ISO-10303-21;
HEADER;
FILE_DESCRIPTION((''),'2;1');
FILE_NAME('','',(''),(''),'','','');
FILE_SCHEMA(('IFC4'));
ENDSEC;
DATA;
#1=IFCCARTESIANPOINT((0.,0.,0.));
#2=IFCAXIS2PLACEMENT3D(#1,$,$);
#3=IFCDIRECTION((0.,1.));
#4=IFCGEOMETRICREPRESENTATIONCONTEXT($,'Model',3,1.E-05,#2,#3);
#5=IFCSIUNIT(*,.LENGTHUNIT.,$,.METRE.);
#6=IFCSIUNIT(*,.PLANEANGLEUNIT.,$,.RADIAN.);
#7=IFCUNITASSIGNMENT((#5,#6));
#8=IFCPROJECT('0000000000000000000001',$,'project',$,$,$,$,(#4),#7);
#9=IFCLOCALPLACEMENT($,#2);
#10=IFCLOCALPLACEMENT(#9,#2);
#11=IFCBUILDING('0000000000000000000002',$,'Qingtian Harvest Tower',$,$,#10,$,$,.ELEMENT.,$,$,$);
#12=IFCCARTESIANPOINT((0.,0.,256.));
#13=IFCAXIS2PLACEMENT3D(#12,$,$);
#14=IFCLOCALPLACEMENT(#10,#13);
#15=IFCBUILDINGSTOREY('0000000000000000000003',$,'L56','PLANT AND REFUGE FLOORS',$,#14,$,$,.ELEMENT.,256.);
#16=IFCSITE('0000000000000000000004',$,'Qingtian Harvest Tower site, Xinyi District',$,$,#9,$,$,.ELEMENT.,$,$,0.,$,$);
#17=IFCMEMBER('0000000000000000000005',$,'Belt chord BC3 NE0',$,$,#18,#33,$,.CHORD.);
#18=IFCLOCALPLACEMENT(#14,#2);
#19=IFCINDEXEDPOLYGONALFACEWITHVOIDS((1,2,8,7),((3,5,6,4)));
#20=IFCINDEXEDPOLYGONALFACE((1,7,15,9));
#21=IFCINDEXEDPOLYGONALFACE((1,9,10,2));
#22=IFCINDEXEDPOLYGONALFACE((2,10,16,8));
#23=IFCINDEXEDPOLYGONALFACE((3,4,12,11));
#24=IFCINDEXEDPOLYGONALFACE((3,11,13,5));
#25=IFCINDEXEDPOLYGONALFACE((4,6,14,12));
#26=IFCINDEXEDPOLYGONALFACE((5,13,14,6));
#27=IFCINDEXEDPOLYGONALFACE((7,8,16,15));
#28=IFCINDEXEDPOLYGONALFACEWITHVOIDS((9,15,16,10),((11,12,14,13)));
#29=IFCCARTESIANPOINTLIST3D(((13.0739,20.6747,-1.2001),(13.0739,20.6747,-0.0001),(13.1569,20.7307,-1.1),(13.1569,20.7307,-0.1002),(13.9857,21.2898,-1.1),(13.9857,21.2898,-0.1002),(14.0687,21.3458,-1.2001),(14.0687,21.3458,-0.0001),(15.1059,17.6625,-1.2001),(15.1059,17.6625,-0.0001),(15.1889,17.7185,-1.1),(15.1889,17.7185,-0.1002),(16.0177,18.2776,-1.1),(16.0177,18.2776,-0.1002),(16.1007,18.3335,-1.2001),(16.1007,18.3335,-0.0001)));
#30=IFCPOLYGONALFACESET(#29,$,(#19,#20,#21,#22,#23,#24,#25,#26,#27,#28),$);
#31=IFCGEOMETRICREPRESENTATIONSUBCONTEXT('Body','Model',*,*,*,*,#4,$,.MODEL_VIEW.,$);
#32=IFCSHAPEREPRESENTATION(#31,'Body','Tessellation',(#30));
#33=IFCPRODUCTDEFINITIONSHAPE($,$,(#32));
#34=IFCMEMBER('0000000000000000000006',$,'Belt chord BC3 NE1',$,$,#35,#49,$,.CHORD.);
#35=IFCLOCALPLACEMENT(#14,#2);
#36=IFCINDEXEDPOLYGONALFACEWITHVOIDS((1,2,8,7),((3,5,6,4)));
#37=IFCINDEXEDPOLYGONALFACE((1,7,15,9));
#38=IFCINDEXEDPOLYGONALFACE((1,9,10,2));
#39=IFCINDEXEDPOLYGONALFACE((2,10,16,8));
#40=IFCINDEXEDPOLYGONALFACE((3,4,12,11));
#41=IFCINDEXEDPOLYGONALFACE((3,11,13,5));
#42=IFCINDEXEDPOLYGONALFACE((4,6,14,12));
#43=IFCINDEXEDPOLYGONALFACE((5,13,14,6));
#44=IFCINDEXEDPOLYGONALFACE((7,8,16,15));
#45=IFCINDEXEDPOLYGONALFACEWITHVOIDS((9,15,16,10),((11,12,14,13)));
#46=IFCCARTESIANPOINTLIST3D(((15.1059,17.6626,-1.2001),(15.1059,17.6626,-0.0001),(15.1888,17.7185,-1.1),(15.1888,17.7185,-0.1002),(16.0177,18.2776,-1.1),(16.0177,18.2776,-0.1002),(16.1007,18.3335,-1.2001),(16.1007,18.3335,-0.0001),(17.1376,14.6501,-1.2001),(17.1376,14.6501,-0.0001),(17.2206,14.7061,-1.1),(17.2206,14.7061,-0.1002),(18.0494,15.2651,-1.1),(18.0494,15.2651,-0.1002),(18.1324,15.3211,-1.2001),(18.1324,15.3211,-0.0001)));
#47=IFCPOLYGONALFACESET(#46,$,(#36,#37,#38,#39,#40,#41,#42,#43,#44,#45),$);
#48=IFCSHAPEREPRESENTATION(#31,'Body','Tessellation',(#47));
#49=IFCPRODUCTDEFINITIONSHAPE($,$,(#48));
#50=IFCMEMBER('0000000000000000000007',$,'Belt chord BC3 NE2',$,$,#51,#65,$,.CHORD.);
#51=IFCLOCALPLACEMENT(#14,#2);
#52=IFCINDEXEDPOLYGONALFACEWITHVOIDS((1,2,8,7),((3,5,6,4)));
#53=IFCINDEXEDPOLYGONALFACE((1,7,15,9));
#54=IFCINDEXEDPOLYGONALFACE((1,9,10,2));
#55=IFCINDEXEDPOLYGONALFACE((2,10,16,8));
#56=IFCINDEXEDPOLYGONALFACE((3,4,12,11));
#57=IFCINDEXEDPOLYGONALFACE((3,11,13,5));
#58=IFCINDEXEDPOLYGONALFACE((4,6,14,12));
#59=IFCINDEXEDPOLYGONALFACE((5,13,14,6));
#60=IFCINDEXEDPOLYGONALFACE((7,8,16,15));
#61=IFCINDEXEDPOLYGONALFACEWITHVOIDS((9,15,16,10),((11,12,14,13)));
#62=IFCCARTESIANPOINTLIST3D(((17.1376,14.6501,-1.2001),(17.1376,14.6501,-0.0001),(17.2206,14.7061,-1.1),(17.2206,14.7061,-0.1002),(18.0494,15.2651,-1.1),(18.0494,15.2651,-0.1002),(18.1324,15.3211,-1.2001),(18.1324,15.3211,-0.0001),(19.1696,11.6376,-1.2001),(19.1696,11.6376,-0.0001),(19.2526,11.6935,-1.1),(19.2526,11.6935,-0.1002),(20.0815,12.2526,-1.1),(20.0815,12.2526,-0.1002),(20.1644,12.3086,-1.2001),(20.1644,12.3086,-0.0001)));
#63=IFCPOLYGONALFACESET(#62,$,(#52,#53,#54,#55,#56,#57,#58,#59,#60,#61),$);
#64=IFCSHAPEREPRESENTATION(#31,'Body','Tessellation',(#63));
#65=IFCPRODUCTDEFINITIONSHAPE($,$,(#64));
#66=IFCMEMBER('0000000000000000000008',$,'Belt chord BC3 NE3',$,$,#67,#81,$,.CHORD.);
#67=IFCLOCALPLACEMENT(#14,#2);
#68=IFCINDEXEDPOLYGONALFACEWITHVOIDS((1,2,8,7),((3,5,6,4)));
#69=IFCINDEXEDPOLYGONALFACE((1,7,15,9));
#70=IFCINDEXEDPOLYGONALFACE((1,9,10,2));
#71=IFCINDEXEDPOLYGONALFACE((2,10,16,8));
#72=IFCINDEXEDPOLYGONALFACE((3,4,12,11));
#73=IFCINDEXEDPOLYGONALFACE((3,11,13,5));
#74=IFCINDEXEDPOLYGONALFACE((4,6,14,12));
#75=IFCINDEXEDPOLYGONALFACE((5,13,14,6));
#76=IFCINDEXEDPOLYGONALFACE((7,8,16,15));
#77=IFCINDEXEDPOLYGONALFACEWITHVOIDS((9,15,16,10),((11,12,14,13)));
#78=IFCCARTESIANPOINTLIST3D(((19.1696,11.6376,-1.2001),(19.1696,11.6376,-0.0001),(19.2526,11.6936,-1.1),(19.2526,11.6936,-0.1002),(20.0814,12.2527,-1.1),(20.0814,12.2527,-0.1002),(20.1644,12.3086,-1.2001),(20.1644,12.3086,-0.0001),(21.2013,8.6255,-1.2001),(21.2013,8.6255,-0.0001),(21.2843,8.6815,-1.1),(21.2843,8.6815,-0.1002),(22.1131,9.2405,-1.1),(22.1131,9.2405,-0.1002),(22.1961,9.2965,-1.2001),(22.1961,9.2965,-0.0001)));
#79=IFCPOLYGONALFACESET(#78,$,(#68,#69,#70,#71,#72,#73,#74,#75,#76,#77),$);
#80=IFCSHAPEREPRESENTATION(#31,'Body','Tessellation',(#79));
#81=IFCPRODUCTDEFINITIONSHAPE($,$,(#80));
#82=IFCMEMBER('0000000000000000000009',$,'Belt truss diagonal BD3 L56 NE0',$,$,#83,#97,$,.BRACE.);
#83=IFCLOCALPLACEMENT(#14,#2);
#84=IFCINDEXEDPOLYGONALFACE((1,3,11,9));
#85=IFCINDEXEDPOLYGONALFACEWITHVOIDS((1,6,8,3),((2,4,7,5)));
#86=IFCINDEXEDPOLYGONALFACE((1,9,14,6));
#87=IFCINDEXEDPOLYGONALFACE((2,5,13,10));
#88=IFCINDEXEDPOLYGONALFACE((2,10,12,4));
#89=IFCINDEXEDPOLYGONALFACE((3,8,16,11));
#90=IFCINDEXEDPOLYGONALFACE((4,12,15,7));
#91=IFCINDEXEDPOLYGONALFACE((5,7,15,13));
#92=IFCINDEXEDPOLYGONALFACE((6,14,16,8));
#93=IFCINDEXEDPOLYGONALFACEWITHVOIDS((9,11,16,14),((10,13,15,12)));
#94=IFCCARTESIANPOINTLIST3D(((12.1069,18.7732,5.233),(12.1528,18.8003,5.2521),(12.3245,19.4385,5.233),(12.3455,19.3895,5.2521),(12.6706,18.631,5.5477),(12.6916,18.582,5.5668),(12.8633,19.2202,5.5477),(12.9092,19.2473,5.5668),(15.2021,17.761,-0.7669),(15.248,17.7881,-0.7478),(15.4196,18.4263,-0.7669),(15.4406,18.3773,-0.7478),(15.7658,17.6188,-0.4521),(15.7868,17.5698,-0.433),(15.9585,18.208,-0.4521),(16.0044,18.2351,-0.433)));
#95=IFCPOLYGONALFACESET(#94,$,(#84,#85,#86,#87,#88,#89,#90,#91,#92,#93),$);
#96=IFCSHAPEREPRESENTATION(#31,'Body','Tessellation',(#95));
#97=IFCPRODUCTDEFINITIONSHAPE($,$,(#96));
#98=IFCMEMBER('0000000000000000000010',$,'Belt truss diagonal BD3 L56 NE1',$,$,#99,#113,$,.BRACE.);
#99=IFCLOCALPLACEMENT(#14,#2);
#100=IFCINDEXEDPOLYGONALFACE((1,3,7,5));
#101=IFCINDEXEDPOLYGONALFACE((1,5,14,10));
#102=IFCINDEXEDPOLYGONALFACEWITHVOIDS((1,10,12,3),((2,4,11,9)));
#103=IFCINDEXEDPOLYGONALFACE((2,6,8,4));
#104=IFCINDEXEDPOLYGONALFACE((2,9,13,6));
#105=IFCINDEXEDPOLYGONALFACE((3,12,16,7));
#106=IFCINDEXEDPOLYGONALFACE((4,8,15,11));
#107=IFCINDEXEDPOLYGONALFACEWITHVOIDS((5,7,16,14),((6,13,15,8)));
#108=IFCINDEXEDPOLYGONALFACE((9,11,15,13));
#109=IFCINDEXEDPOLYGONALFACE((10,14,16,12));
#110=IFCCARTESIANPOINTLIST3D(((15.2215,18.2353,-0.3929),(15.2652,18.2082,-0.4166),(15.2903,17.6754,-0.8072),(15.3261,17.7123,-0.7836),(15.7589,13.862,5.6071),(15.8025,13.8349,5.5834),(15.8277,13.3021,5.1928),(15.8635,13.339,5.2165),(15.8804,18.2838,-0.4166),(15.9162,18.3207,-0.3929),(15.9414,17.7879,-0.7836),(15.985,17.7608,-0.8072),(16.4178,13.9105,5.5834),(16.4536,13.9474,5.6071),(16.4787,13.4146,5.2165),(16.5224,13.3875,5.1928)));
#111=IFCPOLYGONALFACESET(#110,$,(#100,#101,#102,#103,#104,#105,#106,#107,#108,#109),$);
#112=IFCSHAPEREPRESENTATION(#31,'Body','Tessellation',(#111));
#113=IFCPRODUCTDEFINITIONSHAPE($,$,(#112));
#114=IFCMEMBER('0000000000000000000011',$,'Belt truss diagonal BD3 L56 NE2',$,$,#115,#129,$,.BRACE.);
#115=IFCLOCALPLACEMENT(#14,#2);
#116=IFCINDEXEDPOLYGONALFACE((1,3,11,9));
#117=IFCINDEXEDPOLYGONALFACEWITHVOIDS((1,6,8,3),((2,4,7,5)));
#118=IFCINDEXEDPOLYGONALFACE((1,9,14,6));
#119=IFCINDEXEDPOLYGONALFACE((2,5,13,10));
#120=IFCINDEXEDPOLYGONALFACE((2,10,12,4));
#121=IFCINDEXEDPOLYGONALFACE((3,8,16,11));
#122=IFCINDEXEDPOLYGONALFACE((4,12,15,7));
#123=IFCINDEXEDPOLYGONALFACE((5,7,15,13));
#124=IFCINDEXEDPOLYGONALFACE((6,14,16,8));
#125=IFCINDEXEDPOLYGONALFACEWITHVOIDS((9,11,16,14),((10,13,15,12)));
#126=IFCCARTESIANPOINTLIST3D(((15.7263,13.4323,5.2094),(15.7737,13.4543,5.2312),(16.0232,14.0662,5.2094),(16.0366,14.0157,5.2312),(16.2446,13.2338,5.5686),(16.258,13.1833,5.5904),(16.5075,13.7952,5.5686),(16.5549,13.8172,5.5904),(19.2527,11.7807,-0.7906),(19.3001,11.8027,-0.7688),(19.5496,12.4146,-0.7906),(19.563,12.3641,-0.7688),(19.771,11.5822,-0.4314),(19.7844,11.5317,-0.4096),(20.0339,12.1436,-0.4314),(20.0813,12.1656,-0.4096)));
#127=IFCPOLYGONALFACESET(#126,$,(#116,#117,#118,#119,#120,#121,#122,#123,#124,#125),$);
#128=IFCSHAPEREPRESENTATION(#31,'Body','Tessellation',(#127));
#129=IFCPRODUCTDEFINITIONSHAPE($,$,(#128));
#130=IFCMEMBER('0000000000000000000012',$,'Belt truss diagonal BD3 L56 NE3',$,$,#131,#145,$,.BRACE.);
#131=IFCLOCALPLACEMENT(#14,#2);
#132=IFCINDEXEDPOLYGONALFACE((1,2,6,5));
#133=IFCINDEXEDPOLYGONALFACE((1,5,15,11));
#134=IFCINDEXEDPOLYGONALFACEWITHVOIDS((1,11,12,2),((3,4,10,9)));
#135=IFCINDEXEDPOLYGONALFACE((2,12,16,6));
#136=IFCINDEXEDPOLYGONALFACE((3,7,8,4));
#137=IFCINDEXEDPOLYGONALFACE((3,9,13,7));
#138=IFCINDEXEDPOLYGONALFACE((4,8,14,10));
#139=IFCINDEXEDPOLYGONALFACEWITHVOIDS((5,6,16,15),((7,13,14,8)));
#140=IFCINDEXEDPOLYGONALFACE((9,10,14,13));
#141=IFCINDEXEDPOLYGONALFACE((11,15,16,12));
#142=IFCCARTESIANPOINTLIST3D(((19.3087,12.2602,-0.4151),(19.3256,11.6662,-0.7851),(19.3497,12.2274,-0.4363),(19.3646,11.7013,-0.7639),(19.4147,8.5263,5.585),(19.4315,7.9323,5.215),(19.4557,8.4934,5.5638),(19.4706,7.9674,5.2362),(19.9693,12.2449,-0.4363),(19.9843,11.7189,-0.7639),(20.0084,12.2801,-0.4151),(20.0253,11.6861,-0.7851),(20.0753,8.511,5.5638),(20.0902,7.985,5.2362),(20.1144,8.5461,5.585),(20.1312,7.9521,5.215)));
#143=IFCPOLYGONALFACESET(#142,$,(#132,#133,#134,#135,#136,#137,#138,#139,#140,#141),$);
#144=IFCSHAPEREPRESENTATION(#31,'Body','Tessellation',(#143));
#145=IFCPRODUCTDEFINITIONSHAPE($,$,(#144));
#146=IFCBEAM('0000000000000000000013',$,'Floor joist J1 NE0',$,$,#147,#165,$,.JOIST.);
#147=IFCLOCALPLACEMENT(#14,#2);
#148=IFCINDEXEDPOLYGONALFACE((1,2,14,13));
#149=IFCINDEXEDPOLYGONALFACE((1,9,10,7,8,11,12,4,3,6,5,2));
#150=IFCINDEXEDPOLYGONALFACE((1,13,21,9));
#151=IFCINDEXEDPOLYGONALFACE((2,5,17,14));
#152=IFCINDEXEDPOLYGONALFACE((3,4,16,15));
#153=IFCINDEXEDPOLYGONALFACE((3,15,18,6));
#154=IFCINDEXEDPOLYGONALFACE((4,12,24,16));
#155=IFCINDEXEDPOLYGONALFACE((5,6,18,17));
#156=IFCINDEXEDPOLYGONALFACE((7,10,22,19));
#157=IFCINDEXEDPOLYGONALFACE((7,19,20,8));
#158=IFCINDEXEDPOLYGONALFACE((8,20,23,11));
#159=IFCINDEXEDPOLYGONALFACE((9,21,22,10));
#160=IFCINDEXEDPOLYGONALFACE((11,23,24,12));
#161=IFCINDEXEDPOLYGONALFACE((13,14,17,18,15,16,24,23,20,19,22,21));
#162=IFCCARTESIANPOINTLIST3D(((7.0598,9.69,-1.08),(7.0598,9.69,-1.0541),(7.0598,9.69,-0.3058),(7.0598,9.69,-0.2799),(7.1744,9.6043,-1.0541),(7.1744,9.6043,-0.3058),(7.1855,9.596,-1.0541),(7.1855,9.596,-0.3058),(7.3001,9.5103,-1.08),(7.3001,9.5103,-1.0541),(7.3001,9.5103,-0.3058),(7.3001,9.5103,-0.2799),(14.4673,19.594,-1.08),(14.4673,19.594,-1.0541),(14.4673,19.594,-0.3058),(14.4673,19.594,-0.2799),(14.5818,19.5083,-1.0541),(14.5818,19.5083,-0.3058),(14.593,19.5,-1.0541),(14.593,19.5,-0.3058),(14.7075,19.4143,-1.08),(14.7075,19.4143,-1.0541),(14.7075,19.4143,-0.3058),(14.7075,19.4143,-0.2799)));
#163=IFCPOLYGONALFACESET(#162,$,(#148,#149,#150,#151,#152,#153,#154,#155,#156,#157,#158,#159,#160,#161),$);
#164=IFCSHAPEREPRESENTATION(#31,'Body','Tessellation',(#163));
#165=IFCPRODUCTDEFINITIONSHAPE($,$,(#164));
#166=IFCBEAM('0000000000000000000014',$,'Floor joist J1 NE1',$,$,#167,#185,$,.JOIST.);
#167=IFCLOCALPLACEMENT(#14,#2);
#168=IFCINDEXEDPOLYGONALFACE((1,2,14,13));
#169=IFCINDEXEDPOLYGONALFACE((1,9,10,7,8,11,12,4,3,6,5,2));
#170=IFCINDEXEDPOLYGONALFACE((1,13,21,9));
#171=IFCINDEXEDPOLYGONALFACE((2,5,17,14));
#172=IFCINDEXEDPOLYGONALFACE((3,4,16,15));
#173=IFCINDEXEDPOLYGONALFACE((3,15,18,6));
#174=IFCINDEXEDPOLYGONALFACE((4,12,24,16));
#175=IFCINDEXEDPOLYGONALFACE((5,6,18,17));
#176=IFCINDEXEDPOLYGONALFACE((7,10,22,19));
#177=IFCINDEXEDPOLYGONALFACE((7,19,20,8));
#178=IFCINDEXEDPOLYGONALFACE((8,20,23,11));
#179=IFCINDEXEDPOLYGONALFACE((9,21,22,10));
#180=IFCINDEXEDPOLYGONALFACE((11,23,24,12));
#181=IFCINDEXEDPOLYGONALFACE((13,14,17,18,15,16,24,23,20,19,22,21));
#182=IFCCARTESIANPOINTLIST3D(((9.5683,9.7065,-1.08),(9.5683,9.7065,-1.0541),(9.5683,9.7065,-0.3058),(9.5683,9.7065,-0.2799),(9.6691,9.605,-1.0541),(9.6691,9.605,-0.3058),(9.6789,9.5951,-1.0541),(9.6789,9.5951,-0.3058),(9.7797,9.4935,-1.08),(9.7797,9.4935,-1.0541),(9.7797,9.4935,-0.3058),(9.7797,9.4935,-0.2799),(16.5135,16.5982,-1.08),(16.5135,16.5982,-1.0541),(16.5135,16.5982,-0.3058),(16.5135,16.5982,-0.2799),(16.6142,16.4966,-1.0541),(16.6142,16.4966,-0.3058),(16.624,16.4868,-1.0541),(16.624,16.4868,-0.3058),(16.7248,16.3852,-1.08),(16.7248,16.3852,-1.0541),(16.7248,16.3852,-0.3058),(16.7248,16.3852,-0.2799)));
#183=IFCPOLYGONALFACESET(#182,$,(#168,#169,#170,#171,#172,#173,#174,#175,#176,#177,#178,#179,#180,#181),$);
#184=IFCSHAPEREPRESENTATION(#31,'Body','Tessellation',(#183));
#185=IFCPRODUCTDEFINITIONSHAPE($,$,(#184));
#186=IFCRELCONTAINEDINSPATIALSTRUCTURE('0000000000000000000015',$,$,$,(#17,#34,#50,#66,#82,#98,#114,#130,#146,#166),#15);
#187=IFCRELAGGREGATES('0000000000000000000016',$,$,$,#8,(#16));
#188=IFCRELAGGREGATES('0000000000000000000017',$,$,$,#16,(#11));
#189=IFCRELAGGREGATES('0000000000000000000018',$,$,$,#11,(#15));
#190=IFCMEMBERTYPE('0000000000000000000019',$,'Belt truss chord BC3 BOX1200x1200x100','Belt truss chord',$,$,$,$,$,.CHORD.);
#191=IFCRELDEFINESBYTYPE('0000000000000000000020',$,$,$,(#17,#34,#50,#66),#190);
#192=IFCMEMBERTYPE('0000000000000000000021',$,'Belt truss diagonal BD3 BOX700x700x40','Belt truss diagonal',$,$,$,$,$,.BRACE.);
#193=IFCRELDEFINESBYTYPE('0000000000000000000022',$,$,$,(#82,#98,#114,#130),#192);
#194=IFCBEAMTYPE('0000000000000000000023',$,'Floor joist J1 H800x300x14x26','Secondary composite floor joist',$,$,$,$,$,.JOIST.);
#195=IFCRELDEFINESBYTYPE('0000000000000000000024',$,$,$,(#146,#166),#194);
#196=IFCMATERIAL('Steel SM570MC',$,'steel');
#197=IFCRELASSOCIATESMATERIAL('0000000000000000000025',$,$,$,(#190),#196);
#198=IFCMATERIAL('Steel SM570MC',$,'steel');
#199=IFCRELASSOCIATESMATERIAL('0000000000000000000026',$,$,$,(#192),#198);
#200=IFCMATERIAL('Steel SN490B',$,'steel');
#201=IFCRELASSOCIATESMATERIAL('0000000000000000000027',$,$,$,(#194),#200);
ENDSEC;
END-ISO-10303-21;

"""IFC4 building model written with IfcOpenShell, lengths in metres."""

from ifc_helpers import new_model, si_unit, direction, frame, origin, origin_2d, place, context, subcontext, project, spatial, hollow_rectangle, i_section, extrude, material, material_profile, profile_set, type_object, element, save


model = new_model("IFC4")

# Units and contexts
model_context = context("Model", 3, precision=1e-05, world=origin(), true_north=direction((0.0, 1.0)))
body_context = subcontext(model_context, "Body", "Model", "MODEL_VIEW")
ifc_project = project(units=[si_unit("LENGTHUNIT", "METRE"), si_unit("PLANEANGLEUNIT", "RADIAN")], contexts=[model_context])

# Site, building, storey
site_placement = place(None, origin())
site = spatial("IfcSite", under=ifc_project, at=site_placement, Name="Qingtian Harvest Tower site, Xinyi District", CompositionType="ELEMENT", RefElevation=0.0)
building_placement = place(site_placement, origin())
building = spatial("IfcBuilding", under=site, at=building_placement, Name="Qingtian Harvest Tower", CompositionType="ELEMENT")
storey_placement = place(building_placement, frame((0.0, 0.0, 256.0)))
storey = spatial("IfcBuildingStorey", under=building, at=storey_placement, Name="L56", Description="PLANT AND REFUGE FLOORS", CompositionType="ELEMENT", Elevation=256.0)

# Members
ifc_material_1 = material(Name="Steel SM570MC", Category="steel")
ifc_material_profile_1 = material_profile(ifc_material_1, hollow_rectangle(XDim=1.2, YDim=1.2, WallThickness=0.1001, at=origin_2d()), Name="BOX1200x1200x100")
ifc_profile_set_1 = profile_set([ifc_material_profile_1], Name="Steel SM570MC")
member_type_1 = type_object("IfcMemberType", Name="Belt truss chord BC3 BOX1200x1200x100", Description="Belt truss chord", PredefinedType="CHORD", material=ifc_profile_set_1)
for number, where, z_axis, x_axis, name in (
    (1, (13.5713, 21.0103, -0.6001), (0.559235, -0.829009, 0.0), (0.829009, 0.559235, 0.0), "Belt chord BC3 NE0"),
    (2, (15.6033, 17.998, -0.6001), (0.559158, -0.829061, 0.0), (0.829061, 0.559158, 0.0), "Belt chord BC3 NE1"),
):
    element("IfcMember", number, at=place(storey_placement, frame(where, z_axis=z_axis, x_axis=x_axis)), inside=storey, type_object=member_type_1, Name=name, PredefinedType="CHORD", context=body_context, shape_type="SweptSolid", body=[
        extrude(hollow_rectangle(XDim=1.2, YDim=1.2, WallThickness=0.1001, at=origin_2d()), origin(), (0.0, 0.0, 1.0), 3.6335),
    ])
member_1_placement = place(storey_placement, frame((17.635, 14.9856, -0.6001), z_axis=(0.559204, -0.82903, 0.0), x_axis=(0.82903, 0.559204, 0.0)))
element("IfcMember", 3, at=member_1_placement, inside=storey, type_object=member_type_1, Name="Belt chord BC3 NE2", PredefinedType="CHORD", context=body_context, shape_type="SweptSolid", body=[
    extrude(hollow_rectangle(XDim=1.2, YDim=1.2, WallThickness=0.1001, at=origin_2d()), origin(), (0.0, 0.0, 1.0), 3.6338),
])
member_2_placement = place(storey_placement, frame((19.667, 11.9731, -0.6001), z_axis=(0.559189, -0.82904, 0.0), x_axis=(0.82904, 0.559189, 0.0)))
element("IfcMember", 4, at=member_2_placement, inside=storey, type_object=member_type_1, Name="Belt chord BC3 NE3", PredefinedType="CHORD", context=body_context, shape_type="SweptSolid", body=[
    extrude(hollow_rectangle(XDim=1.2, YDim=1.2, WallThickness=0.1001, at=origin_2d()), origin(), (0.0, 0.0, 1.0), 3.6333),
])
ifc_material_2 = material(Name="Steel SM570MC", Category="steel")
ifc_material_profile_2 = material_profile(ifc_material_2, hollow_rectangle(XDim=0.7, YDim=0.7, WallThickness=0.04, at=origin_2d()), Name="BOX700x700x40")
ifc_profile_set_2 = profile_set([ifc_material_profile_2], Name="Steel SM570MC")
member_type_2 = type_object("IfcMemberType", Name="Belt truss diagonal BD3 BOX700x700x40", Description="Belt truss diagonal", PredefinedType="BRACE", material=ifc_profile_set_2)
member_3_placement = place(storey_placement, frame((12.5081, 19.0103, 5.3999), z_axis=(0.453393, -0.14827, -0.878892), x_axis=(0.310825, 0.950467, 0.0)))
element("IfcMember", 5, at=member_3_placement, inside=storey, type_object=member_type_2, Name="Belt truss diagonal BD3 L56 NE0", PredefinedType="BRACE", context=body_context, shape_type="SweptSolid", body=[
    extrude(hollow_rectangle(XDim=0.7, YDim=0.7, WallThickness=0.04, at=origin_2d()), origin(), (0.0, 0.0, 1.0), 6.8267),
])
member_4_placement = place(storey_placement, frame((15.6033, 17.998, -0.6001), z_axis=(0.072185, -0.587485, 0.806009), x_axis=(0.992536, 0.121955, 0.0)))
element("IfcMember", 6, at=member_4_placement, inside=storey, type_object=member_type_2, Name="Belt truss diagonal BD3 L56 NE1", PredefinedType="BRACE", context=body_context, shape_type="SweptSolid", body=[
    extrude(hollow_rectangle(XDim=0.7, YDim=0.7, WallThickness=0.04, at=origin_2d()), origin(), (0.0, 0.0, 1.0), 7.4441),
])
member_5_placement = place(storey_placement, frame((16.1406, 13.6248, 5.3999), z_axis=(0.493003, -0.230903, -0.838828), x_axis=(0.424145, 0.905594, 0.0)))
element("IfcMember", 7, at=member_5_placement, inside=storey, type_object=member_type_2, Name="Belt truss diagonal BD3 L56 NE2", PredefinedType="BRACE", context=body_context, shape_type="SweptSolid", body=[
    extrude(hollow_rectangle(XDim=0.7, YDim=0.7, WallThickness=0.04, at=origin_2d()), origin(), (0.0, 0.0, 1.0), 7.1528),
])
member_6_placement = place(storey_placement, frame((19.667, 11.9731, -0.6001), z_axis=(0.014992, -0.528299, 0.848926), x_axis=(0.999598, 0.028366, 0.0)))
element("IfcMember", 8, at=member_6_placement, inside=storey, type_object=member_type_2, Name="Belt truss diagonal BD3 L56 NE3", PredefinedType="BRACE", context=body_context, shape_type="SweptSolid", body=[
    extrude(hollow_rectangle(XDim=0.7, YDim=0.7, WallThickness=0.04, at=origin_2d()), origin(), (0.0, 0.0, 1.0), 7.0679),
])

# Beams
ifc_material_3 = material(Name="Steel SN490B", Category="steel")
ifc_material_profile_3 = material_profile(ifc_material_3, i_section(OverallWidth=0.3, OverallDepth=0.8, WebThickness=0.0139, FlangeThickness=0.0259, at=origin_2d()), Name="H800x300x14x26")
ifc_profile_set_3 = profile_set([ifc_material_profile_3], Name="Steel SN490B")
beam_type_1 = type_object("IfcBeamType", Name="Floor joist J1 H800x300x14x26", Description="Secondary composite floor joist", PredefinedType="JOIST", material=ifc_profile_set_3)
beam_1_placement = place(storey_placement, frame((14.5874, 19.5042, -0.6799), z_axis=(-0.598935, -0.800798, 0.0), x_axis=(0.800798, -0.598935, 0.0)))
element("IfcBeam", 9, at=beam_1_placement, inside=storey, type_object=beam_type_1, Name="Floor joist J1 NE0", PredefinedType="JOIST", context=body_context, shape_type="SweptSolid", body=[
    extrude(i_section(OverallWidth=0.3, OverallDepth=0.8, WebThickness=0.0139, FlangeThickness=0.0259, at=origin_2d()), origin(), (0.0, 0.0, 1.0), 12.3677),
])
beam_2_placement = place(storey_placement, frame((16.6191, 16.4917, -0.6799), z_axis=(-0.709834, -0.704369, 0.0), x_axis=(0.704369, -0.709834, 0.0)))
element("IfcBeam", 10, at=beam_2_placement, inside=storey, type_object=beam_type_1, Name="Floor joist J1 NE1", PredefinedType="JOIST", context=body_context, shape_type="SweptSolid", body=[
    extrude(i_section(OverallWidth=0.3, OverallDepth=0.8, WebThickness=0.0139, FlangeThickness=0.0259, at=origin_2d()), origin(), (0.0, 0.0, 1.0), 9.7842),
])

save(model, "model.ifc")
